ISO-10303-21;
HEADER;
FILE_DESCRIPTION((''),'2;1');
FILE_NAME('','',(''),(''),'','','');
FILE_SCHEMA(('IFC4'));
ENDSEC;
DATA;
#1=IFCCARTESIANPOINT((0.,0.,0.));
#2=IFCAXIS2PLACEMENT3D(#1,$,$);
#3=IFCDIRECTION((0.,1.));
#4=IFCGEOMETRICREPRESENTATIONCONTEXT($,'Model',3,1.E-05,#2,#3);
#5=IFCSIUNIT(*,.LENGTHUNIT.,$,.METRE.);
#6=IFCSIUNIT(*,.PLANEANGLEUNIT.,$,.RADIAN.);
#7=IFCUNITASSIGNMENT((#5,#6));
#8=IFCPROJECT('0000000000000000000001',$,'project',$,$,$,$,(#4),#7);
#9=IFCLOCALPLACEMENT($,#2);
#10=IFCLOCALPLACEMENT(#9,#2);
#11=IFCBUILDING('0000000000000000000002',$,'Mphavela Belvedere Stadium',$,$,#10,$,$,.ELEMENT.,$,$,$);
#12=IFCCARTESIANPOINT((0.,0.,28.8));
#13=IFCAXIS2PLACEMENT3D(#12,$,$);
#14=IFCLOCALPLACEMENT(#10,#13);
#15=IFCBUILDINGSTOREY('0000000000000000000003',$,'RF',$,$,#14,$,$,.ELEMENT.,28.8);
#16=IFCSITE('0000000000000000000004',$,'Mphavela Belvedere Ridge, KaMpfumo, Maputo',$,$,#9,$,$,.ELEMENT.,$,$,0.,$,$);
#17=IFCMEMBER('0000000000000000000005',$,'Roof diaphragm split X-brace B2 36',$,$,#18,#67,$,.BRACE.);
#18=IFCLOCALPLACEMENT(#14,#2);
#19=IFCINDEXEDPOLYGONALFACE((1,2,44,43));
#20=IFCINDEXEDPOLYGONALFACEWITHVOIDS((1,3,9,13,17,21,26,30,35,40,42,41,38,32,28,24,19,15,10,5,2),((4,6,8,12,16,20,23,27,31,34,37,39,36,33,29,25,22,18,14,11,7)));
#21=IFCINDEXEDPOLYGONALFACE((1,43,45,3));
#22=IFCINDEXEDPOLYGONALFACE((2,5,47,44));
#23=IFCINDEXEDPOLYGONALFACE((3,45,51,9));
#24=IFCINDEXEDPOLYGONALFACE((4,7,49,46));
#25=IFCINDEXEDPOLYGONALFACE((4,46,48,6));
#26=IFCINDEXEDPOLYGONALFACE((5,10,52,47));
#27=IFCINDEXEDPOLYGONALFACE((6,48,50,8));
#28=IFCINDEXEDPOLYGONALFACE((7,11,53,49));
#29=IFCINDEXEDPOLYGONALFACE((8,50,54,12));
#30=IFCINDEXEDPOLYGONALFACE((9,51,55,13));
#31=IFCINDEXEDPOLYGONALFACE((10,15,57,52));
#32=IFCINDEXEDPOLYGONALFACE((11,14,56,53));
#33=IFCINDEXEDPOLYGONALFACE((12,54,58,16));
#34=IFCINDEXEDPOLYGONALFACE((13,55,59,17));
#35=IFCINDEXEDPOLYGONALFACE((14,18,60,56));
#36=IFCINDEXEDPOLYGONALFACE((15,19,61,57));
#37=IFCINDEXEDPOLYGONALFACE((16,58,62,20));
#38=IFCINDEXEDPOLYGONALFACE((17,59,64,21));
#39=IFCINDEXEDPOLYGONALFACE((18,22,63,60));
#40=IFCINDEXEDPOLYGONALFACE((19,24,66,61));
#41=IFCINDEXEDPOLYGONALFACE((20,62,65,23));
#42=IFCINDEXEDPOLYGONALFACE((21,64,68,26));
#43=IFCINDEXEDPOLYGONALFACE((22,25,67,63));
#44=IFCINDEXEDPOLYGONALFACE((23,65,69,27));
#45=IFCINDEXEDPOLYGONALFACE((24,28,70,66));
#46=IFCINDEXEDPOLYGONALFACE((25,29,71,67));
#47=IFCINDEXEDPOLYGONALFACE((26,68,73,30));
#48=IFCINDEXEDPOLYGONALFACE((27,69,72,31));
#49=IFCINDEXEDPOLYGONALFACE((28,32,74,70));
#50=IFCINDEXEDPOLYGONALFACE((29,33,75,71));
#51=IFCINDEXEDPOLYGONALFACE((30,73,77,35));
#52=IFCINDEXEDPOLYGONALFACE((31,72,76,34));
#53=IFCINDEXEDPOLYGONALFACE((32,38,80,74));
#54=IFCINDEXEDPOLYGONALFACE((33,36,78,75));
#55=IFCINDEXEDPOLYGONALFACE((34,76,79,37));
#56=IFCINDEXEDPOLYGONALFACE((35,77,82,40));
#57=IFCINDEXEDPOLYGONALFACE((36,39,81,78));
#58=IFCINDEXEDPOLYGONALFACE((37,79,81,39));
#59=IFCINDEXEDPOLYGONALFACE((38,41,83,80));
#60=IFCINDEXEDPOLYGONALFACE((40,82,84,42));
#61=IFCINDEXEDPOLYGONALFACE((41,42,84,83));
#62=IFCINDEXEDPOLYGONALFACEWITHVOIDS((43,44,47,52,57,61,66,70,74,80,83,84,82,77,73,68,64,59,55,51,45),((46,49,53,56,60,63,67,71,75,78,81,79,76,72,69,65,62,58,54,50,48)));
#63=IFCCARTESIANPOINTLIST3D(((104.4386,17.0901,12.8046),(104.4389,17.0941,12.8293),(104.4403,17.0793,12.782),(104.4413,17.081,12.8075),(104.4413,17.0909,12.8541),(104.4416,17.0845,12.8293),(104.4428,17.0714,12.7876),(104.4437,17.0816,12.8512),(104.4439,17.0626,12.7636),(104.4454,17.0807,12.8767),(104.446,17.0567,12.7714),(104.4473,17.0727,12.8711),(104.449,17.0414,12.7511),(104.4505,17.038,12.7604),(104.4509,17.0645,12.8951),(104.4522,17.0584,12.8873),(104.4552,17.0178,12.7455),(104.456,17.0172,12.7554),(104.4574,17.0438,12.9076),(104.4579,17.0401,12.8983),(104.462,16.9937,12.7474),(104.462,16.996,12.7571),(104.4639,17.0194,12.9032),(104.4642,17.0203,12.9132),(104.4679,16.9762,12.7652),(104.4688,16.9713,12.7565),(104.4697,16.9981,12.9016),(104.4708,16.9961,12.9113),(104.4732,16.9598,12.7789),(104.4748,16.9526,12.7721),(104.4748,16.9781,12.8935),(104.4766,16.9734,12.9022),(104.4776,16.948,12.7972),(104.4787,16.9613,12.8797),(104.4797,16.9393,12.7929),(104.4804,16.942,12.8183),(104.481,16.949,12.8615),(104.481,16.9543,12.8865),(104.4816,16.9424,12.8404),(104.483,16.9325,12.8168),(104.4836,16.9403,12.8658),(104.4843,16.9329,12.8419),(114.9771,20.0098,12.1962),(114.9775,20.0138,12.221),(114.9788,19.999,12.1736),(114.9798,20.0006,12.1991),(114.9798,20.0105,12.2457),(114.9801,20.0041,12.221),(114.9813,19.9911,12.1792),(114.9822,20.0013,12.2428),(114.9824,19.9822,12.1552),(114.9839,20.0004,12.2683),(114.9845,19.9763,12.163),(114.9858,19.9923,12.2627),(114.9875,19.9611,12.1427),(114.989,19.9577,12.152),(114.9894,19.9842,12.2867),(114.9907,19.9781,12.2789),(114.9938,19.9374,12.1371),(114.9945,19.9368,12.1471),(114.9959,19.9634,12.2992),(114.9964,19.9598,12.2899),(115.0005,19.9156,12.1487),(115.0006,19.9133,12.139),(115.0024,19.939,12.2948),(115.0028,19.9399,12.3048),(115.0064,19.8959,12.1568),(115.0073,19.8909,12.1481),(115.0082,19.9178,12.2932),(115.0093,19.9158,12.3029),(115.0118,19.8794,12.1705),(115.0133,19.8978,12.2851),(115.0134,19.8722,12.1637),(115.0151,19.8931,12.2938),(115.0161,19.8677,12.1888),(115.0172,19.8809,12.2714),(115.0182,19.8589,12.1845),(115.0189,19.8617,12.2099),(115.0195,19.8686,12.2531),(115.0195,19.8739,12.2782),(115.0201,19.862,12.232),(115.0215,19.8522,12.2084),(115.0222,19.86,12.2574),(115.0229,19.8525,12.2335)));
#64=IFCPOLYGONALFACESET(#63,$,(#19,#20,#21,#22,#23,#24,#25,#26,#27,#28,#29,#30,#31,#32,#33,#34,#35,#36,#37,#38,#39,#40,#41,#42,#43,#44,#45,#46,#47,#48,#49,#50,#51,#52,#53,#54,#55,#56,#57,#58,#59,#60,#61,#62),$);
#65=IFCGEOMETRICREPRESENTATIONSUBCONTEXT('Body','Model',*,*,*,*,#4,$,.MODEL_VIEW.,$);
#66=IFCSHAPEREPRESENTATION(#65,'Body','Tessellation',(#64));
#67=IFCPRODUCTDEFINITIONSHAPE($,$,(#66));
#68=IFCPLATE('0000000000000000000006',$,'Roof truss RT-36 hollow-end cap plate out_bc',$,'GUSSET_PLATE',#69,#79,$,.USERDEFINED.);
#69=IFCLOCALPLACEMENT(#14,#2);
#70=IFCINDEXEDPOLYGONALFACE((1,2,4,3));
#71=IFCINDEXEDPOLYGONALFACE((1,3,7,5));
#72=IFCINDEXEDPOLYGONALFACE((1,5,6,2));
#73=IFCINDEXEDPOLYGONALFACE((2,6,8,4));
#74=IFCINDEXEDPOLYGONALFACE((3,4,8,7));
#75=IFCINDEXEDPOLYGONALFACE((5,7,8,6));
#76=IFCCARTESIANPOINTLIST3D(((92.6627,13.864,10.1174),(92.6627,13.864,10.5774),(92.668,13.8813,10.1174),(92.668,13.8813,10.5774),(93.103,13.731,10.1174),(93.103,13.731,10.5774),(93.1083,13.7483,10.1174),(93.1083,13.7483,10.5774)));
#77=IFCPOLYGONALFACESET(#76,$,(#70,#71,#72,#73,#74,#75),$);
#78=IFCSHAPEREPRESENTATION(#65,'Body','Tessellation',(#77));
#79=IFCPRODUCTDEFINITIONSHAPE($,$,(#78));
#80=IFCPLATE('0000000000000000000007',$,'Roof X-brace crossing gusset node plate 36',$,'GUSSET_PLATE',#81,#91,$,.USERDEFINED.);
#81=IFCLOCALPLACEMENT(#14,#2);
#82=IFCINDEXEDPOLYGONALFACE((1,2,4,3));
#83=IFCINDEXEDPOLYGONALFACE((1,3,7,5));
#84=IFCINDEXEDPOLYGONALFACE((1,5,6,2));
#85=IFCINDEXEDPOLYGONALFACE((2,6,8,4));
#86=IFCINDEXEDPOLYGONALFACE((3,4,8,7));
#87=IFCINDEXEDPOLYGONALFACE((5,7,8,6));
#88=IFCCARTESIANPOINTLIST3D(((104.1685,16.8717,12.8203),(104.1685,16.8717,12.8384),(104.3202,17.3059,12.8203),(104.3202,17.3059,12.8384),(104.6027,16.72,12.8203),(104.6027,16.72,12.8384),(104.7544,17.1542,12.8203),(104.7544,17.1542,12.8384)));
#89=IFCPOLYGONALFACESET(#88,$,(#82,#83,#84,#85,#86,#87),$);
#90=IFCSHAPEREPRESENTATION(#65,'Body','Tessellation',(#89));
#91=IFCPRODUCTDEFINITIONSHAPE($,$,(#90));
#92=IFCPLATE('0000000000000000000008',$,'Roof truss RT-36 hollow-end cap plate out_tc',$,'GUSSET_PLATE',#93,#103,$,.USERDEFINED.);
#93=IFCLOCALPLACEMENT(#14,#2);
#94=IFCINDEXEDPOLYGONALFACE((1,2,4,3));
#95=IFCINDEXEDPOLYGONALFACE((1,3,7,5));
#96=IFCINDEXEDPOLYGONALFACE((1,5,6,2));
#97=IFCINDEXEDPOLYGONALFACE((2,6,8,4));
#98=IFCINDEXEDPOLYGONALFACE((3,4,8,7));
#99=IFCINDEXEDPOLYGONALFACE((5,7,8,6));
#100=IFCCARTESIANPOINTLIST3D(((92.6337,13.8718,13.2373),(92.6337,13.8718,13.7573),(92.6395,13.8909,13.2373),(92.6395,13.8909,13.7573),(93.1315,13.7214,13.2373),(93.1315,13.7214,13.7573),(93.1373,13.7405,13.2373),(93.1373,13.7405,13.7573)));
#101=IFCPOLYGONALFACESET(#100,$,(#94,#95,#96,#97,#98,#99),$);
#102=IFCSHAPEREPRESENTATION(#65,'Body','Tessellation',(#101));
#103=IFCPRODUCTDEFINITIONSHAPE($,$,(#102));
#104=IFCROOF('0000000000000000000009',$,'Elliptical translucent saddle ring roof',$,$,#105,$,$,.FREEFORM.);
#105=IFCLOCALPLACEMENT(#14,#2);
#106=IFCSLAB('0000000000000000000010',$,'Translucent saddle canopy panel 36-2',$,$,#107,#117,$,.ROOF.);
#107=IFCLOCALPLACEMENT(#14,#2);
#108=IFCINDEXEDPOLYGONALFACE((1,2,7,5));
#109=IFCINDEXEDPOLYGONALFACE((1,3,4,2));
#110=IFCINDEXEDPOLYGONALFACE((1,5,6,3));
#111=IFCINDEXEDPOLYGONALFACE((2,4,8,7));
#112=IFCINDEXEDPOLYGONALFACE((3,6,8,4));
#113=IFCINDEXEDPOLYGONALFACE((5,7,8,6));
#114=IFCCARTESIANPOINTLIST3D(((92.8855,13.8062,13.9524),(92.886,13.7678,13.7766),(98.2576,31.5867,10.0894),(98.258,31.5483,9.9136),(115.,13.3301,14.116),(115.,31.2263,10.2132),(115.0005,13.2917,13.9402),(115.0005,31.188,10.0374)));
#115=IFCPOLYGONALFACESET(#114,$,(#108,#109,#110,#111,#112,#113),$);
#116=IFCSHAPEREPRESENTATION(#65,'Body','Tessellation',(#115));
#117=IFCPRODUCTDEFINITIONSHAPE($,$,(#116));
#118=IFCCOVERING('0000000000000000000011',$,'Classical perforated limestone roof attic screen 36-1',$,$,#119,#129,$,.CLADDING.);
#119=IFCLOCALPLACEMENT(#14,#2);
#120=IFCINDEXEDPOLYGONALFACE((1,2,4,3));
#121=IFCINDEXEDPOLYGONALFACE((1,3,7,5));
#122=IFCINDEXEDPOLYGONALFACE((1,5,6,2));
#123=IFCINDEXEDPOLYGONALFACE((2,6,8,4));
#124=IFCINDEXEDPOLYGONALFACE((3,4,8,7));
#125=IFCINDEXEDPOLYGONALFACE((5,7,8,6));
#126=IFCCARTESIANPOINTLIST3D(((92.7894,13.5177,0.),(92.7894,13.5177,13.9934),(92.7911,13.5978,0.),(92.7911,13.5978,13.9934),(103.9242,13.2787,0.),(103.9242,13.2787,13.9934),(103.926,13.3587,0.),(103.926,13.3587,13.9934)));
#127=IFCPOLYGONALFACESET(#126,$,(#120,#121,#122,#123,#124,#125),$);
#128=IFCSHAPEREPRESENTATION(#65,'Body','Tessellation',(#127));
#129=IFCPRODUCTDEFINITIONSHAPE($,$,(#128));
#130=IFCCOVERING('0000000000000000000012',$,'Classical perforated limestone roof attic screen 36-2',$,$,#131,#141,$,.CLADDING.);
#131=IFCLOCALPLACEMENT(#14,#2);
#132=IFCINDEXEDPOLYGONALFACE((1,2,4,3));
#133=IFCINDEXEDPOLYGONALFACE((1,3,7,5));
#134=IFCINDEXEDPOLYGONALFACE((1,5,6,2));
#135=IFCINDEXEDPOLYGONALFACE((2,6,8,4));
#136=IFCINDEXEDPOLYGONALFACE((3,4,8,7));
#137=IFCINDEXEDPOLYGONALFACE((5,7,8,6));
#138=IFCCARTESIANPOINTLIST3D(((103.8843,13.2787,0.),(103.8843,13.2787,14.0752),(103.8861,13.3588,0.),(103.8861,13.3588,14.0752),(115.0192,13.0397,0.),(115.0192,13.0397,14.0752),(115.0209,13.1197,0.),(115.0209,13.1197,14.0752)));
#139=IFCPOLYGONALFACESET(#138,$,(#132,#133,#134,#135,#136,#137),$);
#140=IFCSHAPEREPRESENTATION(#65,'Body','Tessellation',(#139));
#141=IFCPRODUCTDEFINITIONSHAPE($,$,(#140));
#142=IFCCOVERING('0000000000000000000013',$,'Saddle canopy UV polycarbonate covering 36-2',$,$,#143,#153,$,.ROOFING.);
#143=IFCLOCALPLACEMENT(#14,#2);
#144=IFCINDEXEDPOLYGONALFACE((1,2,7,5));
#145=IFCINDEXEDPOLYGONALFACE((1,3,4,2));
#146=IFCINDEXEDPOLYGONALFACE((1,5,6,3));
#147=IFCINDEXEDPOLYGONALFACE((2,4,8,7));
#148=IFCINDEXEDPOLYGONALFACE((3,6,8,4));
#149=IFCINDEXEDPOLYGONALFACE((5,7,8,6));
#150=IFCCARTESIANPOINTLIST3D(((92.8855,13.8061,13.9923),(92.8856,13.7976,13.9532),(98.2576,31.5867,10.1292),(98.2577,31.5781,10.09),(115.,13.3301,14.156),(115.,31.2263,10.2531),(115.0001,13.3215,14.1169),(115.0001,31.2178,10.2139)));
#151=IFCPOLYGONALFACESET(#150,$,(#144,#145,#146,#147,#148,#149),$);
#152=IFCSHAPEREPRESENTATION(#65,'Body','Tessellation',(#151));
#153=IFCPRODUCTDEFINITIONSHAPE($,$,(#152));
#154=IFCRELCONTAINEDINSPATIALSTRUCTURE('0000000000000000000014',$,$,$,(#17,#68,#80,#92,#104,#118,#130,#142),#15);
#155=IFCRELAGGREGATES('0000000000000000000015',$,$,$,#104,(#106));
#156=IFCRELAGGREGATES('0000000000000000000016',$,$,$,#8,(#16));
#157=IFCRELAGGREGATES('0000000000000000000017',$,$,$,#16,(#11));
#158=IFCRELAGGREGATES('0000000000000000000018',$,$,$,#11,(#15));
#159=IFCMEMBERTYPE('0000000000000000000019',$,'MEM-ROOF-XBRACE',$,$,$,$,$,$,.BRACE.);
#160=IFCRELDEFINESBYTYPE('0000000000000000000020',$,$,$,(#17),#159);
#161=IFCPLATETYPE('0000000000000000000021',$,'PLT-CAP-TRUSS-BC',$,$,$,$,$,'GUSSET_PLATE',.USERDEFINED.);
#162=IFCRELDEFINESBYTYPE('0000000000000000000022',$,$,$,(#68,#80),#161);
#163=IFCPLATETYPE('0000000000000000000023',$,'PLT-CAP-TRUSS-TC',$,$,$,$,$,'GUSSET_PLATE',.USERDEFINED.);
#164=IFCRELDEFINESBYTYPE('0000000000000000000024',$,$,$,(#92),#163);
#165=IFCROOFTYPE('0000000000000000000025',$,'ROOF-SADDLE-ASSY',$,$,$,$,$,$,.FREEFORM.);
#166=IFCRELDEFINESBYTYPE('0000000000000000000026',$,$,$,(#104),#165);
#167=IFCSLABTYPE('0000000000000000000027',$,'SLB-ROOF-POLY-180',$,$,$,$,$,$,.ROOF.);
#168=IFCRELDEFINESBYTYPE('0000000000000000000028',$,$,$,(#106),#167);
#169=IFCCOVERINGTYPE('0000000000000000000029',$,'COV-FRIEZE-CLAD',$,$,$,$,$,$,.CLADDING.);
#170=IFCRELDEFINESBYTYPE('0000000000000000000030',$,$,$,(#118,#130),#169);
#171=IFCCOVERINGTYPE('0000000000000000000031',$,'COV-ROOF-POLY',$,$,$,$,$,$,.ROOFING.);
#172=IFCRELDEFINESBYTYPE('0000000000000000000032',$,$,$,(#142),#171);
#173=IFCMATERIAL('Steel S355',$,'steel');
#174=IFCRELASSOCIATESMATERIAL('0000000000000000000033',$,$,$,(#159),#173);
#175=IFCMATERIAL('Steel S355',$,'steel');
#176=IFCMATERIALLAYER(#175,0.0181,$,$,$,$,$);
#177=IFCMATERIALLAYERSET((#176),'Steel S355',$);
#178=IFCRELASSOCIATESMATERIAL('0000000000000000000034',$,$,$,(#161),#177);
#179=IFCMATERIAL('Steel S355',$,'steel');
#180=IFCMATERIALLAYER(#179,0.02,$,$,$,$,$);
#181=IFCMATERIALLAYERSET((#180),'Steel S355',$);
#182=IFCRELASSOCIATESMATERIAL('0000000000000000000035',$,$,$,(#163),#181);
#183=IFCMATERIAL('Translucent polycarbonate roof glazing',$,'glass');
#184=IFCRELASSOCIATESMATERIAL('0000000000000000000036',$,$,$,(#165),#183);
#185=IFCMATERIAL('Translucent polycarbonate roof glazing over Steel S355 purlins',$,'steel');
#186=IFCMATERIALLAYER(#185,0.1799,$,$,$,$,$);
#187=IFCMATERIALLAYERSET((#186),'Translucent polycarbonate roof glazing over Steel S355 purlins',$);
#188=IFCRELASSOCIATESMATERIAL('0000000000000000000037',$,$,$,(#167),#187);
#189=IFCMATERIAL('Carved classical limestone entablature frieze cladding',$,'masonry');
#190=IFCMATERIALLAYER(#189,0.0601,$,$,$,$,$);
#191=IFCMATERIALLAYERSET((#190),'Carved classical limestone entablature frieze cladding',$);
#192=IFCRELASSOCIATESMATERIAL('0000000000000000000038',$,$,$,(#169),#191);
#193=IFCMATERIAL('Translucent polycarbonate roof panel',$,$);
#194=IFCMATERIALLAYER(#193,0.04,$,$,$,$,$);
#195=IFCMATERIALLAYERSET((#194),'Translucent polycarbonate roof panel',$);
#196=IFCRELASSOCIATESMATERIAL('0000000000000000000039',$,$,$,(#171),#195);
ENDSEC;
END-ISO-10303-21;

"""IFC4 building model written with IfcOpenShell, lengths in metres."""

from ifc_helpers import new_model, si_unit, direction, frame, origin, origin_2d, place, context, subcontext, project, spatial, polyline, rectangle, hollow_circle, outline, extrude, material, layer, layer_set, material_profile, profile_set, type_object, element, aggregate, save


model = new_model("IFC4")

# Units and contexts
model_context = context("Model", 3, precision=1e-05, world=origin(), true_north=direction((0.0, 1.0)))
body_context = subcontext(model_context, "Body", "Model", "MODEL_VIEW")
ifc_project = project(units=[si_unit("LENGTHUNIT", "METRE"), si_unit("PLANEANGLEUNIT", "RADIAN")], contexts=[model_context])

# Site, building, storey
site_placement = place(None, origin())
site = spatial("IfcSite", under=ifc_project, at=site_placement, Name="Mphavela Belvedere Ridge, KaMpfumo, Maputo", CompositionType="ELEMENT", RefElevation=0.0)
building_placement = place(site_placement, origin())
building = spatial("IfcBuilding", under=site, at=building_placement, Name="Mphavela Belvedere Stadium", CompositionType="ELEMENT")
storey_placement = place(building_placement, frame((0.0, 0.0, 28.8)))
storey = spatial("IfcBuildingStorey", under=building, at=storey_placement, Name="RF", CompositionType="ELEMENT", Elevation=28.8)

# Member
ifc_material_1 = material(Name="Steel S355", Category="steel")
ifc_material_profile_1 = material_profile(ifc_material_1, hollow_circle(Radius=0.0842, WallThickness=0.01, at=origin_2d()), Name="CHS 168.3x10")
ifc_profile_set_1 = profile_set([ifc_material_profile_1], Name="Steel S355")
member_type_1 = type_object("IfcMemberType", Name="MEM-ROOF-XBRACE", PredefinedType="BRACE", material=ifc_profile_set_1)
member_1_placement = place(storey_placement, frame((104.4614, 17.0129, 12.8293), z_axis=(0.962211, 0.266578, -0.055549), x_axis=(-0.26699, 0.963699, 0.0)))
element("IfcMember", 1, at=member_1_placement, inside=storey, type_object=member_type_1, Name="Roof diaphragm split X-brace B2 36", PredefinedType="BRACE", context=body_context, shape_type="SweptSolid", body=[
    extrude(hollow_circle(Radius=0.0842, WallThickness=0.01, at=origin_2d()), origin(), (0.0, 0.0, 1.0), 10.9524),
])

# Plates
ifc_material_2 = material(Name="Steel S355", Category="steel")
ifc_layer_1 = layer(ifc_material_2, 0.0181)
ifc_layer_set_1 = layer_set([ifc_layer_1], Name="Steel S355")
plate_type_1 = type_object("IfcPlateType", Name="PLT-CAP-TRUSS-BC", ElementType="GUSSET_PLATE", PredefinedType="USERDEFINED", material=ifc_layer_set_1)
plate_1_placement = place(storey_placement, frame((92.8855, 13.8062, 10.1174), z_axis=(0.0, 0.0, 1.0), x_axis=(-0.289199, -0.957269, 0.0)))
element("IfcPlate", 2, at=plate_1_placement, inside=storey, type_object=plate_type_1, Name="Roof truss RT-36 hollow-end cap plate out_bc", ObjectType="GUSSET_PLATE", PredefinedType="USERDEFINED", context=body_context, shape_type="SweptSolid", body=[
    extrude(rectangle(XDim=0.0181, YDim=0.46, at=origin_2d()), origin(), (0.0, 0.0, 1.0), 0.46),
])
plate_2_placement = place(storey_placement, frame((104.4614, 17.0129, 12.8203), z_axis=(0.0, 0.0, 1.0), x_axis=(0.944031, -0.329855, 0.0)))
element("IfcPlate", 3, at=plate_2_placement, inside=storey, type_object=plate_type_1, Name="Roof X-brace crossing gusset node plate 36", ObjectType="GUSSET_PLATE", PredefinedType="USERDEFINED", context=body_context, shape_type="SweptSolid", body=[
    extrude(rectangle(XDim=0.46, YDim=0.46, at=origin_2d()), origin(), (0.0, 0.0, 1.0), 0.0181),
])
ifc_material_3 = material(Name="Steel S355", Category="steel")
ifc_layer_2 = layer(ifc_material_3, 0.02)
ifc_layer_set_2 = layer_set([ifc_layer_2], Name="Steel S355")
plate_type_2 = type_object("IfcPlateType", Name="PLT-CAP-TRUSS-TC", ElementType="GUSSET_PLATE", PredefinedType="USERDEFINED", material=ifc_layer_set_2)
plate_3_placement = place(storey_placement, frame((92.8855, 13.8062, 13.2373), z_axis=(0.0, 0.0, 1.0), x_axis=(-0.289199, -0.957269, 0.0)))
element("IfcPlate", 4, at=plate_3_placement, inside=storey, type_object=plate_type_2, Name="Roof truss RT-36 hollow-end cap plate out_tc", ObjectType="GUSSET_PLATE", PredefinedType="USERDEFINED", context=body_context, shape_type="SweptSolid", body=[
    extrude(rectangle(XDim=0.02, YDim=0.52, at=origin_2d()), origin(), (0.0, 0.0, 1.0), 0.52),
])

# Roof, slab
ifc_material_4 = material(Name="Translucent polycarbonate roof glazing", Category="glass")
roof_type = type_object("IfcRoofType", Name="ROOF-SADDLE-ASSY", PredefinedType="FREEFORM", material=ifc_material_4)
roof_placement = place(storey_placement, origin())
roof = element("IfcRoof", 5, at=roof_placement, inside=storey, type_object=roof_type, Name="Elliptical translucent saddle ring roof", PredefinedType="FREEFORM")
ifc_material_5 = material(Name="Translucent polycarbonate roof glazing over Steel S355 purlins", Category="steel")
ifc_layer_3 = layer(ifc_material_5, 0.1799)
ifc_layer_set_3 = layer_set([ifc_layer_3], Name="Translucent polycarbonate roof glazing over Steel S355 purlins")
slab_type = type_object("IfcSlabType", Name="SLB-ROOF-POLY-180", PredefinedType="ROOF", material=ifc_layer_set_3)
slab_placement = place(storey_placement, frame((98.2576, 31.5867, 10.0894), z_axis=(-0.002639, 0.213071, 0.977033), x_axis=(0.999741, -0.021517, 0.007393)))
slab = element("IfcSlab", 6, at=slab_placement, type_object=slab_type, Name="Translucent saddle canopy panel 36-2", PredefinedType="ROOF", context=body_context, shape_type="SweptSolid", body=[
    extrude(outline(polyline([(0.0, 0.0), (16.7468, 0.0), (17.1607, -18.3122), (-4.9595, -18.3121), (0.0, 0.0)])), origin(), (0.0, 0.0, -1.0), 0.1799),
])
aggregate(roof, [slab])

# Coverings
ifc_material_6 = material(Name="Carved classical limestone entablature frieze cladding", Category="masonry")
ifc_layer_4 = layer(ifc_material_6, 0.0601)
ifc_layer_set_4 = layer_set([ifc_layer_4], Name="Carved classical limestone entablature frieze cladding")
covering_type_1 = type_object("IfcCoveringType", Name="COV-FRIEZE-CLAD", PredefinedType="CLADDING", material=ifc_layer_set_4)
covering_1_placement = place(storey_placement, frame((98.3577, 13.4382, 0.0), z_axis=(0.0, 0.0, 1.0), x_axis=(0.99977, -0.021466, 0.0)))
element("IfcCovering", 7, at=covering_1_placement, inside=storey, type_object=covering_type_1, Name="Classical perforated limestone roof attic screen 36-1", PredefinedType="CLADDING", context=body_context, shape_type="SweptSolid", body=[
    extrude(rectangle(XDim=11.1375, YDim=0.0801, at=origin_2d()), origin(), (0.0, 0.0, 1.0), 13.9934),
])
covering_2_placement = place(storey_placement, frame((109.4526, 13.1992, 0.0), z_axis=(0.0, 0.0, 1.0), x_axis=(0.99977, -0.021466, 0.0)))
element("IfcCovering", 8, at=covering_2_placement, inside=storey, type_object=covering_type_1, Name="Classical perforated limestone roof attic screen 36-2", PredefinedType="CLADDING", context=body_context, shape_type="SweptSolid", body=[
    extrude(rectangle(XDim=11.1375, YDim=0.0801, at=origin_2d()), origin(), (0.0, 0.0, 1.0), 14.0752),
])
ifc_material_7 = material(Name="Translucent polycarbonate roof panel")
ifc_layer_5 = layer(ifc_material_7, 0.04)
ifc_layer_set_5 = layer_set([ifc_layer_5], Name="Translucent polycarbonate roof panel")
covering_type_2 = type_object("IfcCoveringType", Name="COV-ROOF-POLY", PredefinedType="ROOFING", material=ifc_layer_set_5)
covering_3_placement = place(storey_placement, frame((98.2576, 31.5867, 10.1292), z_axis=(-0.002645, 0.213078, 0.977032), x_axis=(0.999741, -0.021519, 0.007399)))
element("IfcCovering", 9, at=covering_3_placement, inside=storey, type_object=covering_type_2, Name="Saddle canopy UV polycarbonate covering 36-2", PredefinedType="ROOFING", context=body_context, shape_type="SweptSolid", body=[
    extrude(outline(polyline([(0.0, 0.0), (16.7468, 0.0), (17.1608, -18.3122), (-4.9595, -18.3121), (0.0, 0.0)])), origin(), (0.0, 0.0, -1.0), 0.04),
])

save(model, "model.ifc")
